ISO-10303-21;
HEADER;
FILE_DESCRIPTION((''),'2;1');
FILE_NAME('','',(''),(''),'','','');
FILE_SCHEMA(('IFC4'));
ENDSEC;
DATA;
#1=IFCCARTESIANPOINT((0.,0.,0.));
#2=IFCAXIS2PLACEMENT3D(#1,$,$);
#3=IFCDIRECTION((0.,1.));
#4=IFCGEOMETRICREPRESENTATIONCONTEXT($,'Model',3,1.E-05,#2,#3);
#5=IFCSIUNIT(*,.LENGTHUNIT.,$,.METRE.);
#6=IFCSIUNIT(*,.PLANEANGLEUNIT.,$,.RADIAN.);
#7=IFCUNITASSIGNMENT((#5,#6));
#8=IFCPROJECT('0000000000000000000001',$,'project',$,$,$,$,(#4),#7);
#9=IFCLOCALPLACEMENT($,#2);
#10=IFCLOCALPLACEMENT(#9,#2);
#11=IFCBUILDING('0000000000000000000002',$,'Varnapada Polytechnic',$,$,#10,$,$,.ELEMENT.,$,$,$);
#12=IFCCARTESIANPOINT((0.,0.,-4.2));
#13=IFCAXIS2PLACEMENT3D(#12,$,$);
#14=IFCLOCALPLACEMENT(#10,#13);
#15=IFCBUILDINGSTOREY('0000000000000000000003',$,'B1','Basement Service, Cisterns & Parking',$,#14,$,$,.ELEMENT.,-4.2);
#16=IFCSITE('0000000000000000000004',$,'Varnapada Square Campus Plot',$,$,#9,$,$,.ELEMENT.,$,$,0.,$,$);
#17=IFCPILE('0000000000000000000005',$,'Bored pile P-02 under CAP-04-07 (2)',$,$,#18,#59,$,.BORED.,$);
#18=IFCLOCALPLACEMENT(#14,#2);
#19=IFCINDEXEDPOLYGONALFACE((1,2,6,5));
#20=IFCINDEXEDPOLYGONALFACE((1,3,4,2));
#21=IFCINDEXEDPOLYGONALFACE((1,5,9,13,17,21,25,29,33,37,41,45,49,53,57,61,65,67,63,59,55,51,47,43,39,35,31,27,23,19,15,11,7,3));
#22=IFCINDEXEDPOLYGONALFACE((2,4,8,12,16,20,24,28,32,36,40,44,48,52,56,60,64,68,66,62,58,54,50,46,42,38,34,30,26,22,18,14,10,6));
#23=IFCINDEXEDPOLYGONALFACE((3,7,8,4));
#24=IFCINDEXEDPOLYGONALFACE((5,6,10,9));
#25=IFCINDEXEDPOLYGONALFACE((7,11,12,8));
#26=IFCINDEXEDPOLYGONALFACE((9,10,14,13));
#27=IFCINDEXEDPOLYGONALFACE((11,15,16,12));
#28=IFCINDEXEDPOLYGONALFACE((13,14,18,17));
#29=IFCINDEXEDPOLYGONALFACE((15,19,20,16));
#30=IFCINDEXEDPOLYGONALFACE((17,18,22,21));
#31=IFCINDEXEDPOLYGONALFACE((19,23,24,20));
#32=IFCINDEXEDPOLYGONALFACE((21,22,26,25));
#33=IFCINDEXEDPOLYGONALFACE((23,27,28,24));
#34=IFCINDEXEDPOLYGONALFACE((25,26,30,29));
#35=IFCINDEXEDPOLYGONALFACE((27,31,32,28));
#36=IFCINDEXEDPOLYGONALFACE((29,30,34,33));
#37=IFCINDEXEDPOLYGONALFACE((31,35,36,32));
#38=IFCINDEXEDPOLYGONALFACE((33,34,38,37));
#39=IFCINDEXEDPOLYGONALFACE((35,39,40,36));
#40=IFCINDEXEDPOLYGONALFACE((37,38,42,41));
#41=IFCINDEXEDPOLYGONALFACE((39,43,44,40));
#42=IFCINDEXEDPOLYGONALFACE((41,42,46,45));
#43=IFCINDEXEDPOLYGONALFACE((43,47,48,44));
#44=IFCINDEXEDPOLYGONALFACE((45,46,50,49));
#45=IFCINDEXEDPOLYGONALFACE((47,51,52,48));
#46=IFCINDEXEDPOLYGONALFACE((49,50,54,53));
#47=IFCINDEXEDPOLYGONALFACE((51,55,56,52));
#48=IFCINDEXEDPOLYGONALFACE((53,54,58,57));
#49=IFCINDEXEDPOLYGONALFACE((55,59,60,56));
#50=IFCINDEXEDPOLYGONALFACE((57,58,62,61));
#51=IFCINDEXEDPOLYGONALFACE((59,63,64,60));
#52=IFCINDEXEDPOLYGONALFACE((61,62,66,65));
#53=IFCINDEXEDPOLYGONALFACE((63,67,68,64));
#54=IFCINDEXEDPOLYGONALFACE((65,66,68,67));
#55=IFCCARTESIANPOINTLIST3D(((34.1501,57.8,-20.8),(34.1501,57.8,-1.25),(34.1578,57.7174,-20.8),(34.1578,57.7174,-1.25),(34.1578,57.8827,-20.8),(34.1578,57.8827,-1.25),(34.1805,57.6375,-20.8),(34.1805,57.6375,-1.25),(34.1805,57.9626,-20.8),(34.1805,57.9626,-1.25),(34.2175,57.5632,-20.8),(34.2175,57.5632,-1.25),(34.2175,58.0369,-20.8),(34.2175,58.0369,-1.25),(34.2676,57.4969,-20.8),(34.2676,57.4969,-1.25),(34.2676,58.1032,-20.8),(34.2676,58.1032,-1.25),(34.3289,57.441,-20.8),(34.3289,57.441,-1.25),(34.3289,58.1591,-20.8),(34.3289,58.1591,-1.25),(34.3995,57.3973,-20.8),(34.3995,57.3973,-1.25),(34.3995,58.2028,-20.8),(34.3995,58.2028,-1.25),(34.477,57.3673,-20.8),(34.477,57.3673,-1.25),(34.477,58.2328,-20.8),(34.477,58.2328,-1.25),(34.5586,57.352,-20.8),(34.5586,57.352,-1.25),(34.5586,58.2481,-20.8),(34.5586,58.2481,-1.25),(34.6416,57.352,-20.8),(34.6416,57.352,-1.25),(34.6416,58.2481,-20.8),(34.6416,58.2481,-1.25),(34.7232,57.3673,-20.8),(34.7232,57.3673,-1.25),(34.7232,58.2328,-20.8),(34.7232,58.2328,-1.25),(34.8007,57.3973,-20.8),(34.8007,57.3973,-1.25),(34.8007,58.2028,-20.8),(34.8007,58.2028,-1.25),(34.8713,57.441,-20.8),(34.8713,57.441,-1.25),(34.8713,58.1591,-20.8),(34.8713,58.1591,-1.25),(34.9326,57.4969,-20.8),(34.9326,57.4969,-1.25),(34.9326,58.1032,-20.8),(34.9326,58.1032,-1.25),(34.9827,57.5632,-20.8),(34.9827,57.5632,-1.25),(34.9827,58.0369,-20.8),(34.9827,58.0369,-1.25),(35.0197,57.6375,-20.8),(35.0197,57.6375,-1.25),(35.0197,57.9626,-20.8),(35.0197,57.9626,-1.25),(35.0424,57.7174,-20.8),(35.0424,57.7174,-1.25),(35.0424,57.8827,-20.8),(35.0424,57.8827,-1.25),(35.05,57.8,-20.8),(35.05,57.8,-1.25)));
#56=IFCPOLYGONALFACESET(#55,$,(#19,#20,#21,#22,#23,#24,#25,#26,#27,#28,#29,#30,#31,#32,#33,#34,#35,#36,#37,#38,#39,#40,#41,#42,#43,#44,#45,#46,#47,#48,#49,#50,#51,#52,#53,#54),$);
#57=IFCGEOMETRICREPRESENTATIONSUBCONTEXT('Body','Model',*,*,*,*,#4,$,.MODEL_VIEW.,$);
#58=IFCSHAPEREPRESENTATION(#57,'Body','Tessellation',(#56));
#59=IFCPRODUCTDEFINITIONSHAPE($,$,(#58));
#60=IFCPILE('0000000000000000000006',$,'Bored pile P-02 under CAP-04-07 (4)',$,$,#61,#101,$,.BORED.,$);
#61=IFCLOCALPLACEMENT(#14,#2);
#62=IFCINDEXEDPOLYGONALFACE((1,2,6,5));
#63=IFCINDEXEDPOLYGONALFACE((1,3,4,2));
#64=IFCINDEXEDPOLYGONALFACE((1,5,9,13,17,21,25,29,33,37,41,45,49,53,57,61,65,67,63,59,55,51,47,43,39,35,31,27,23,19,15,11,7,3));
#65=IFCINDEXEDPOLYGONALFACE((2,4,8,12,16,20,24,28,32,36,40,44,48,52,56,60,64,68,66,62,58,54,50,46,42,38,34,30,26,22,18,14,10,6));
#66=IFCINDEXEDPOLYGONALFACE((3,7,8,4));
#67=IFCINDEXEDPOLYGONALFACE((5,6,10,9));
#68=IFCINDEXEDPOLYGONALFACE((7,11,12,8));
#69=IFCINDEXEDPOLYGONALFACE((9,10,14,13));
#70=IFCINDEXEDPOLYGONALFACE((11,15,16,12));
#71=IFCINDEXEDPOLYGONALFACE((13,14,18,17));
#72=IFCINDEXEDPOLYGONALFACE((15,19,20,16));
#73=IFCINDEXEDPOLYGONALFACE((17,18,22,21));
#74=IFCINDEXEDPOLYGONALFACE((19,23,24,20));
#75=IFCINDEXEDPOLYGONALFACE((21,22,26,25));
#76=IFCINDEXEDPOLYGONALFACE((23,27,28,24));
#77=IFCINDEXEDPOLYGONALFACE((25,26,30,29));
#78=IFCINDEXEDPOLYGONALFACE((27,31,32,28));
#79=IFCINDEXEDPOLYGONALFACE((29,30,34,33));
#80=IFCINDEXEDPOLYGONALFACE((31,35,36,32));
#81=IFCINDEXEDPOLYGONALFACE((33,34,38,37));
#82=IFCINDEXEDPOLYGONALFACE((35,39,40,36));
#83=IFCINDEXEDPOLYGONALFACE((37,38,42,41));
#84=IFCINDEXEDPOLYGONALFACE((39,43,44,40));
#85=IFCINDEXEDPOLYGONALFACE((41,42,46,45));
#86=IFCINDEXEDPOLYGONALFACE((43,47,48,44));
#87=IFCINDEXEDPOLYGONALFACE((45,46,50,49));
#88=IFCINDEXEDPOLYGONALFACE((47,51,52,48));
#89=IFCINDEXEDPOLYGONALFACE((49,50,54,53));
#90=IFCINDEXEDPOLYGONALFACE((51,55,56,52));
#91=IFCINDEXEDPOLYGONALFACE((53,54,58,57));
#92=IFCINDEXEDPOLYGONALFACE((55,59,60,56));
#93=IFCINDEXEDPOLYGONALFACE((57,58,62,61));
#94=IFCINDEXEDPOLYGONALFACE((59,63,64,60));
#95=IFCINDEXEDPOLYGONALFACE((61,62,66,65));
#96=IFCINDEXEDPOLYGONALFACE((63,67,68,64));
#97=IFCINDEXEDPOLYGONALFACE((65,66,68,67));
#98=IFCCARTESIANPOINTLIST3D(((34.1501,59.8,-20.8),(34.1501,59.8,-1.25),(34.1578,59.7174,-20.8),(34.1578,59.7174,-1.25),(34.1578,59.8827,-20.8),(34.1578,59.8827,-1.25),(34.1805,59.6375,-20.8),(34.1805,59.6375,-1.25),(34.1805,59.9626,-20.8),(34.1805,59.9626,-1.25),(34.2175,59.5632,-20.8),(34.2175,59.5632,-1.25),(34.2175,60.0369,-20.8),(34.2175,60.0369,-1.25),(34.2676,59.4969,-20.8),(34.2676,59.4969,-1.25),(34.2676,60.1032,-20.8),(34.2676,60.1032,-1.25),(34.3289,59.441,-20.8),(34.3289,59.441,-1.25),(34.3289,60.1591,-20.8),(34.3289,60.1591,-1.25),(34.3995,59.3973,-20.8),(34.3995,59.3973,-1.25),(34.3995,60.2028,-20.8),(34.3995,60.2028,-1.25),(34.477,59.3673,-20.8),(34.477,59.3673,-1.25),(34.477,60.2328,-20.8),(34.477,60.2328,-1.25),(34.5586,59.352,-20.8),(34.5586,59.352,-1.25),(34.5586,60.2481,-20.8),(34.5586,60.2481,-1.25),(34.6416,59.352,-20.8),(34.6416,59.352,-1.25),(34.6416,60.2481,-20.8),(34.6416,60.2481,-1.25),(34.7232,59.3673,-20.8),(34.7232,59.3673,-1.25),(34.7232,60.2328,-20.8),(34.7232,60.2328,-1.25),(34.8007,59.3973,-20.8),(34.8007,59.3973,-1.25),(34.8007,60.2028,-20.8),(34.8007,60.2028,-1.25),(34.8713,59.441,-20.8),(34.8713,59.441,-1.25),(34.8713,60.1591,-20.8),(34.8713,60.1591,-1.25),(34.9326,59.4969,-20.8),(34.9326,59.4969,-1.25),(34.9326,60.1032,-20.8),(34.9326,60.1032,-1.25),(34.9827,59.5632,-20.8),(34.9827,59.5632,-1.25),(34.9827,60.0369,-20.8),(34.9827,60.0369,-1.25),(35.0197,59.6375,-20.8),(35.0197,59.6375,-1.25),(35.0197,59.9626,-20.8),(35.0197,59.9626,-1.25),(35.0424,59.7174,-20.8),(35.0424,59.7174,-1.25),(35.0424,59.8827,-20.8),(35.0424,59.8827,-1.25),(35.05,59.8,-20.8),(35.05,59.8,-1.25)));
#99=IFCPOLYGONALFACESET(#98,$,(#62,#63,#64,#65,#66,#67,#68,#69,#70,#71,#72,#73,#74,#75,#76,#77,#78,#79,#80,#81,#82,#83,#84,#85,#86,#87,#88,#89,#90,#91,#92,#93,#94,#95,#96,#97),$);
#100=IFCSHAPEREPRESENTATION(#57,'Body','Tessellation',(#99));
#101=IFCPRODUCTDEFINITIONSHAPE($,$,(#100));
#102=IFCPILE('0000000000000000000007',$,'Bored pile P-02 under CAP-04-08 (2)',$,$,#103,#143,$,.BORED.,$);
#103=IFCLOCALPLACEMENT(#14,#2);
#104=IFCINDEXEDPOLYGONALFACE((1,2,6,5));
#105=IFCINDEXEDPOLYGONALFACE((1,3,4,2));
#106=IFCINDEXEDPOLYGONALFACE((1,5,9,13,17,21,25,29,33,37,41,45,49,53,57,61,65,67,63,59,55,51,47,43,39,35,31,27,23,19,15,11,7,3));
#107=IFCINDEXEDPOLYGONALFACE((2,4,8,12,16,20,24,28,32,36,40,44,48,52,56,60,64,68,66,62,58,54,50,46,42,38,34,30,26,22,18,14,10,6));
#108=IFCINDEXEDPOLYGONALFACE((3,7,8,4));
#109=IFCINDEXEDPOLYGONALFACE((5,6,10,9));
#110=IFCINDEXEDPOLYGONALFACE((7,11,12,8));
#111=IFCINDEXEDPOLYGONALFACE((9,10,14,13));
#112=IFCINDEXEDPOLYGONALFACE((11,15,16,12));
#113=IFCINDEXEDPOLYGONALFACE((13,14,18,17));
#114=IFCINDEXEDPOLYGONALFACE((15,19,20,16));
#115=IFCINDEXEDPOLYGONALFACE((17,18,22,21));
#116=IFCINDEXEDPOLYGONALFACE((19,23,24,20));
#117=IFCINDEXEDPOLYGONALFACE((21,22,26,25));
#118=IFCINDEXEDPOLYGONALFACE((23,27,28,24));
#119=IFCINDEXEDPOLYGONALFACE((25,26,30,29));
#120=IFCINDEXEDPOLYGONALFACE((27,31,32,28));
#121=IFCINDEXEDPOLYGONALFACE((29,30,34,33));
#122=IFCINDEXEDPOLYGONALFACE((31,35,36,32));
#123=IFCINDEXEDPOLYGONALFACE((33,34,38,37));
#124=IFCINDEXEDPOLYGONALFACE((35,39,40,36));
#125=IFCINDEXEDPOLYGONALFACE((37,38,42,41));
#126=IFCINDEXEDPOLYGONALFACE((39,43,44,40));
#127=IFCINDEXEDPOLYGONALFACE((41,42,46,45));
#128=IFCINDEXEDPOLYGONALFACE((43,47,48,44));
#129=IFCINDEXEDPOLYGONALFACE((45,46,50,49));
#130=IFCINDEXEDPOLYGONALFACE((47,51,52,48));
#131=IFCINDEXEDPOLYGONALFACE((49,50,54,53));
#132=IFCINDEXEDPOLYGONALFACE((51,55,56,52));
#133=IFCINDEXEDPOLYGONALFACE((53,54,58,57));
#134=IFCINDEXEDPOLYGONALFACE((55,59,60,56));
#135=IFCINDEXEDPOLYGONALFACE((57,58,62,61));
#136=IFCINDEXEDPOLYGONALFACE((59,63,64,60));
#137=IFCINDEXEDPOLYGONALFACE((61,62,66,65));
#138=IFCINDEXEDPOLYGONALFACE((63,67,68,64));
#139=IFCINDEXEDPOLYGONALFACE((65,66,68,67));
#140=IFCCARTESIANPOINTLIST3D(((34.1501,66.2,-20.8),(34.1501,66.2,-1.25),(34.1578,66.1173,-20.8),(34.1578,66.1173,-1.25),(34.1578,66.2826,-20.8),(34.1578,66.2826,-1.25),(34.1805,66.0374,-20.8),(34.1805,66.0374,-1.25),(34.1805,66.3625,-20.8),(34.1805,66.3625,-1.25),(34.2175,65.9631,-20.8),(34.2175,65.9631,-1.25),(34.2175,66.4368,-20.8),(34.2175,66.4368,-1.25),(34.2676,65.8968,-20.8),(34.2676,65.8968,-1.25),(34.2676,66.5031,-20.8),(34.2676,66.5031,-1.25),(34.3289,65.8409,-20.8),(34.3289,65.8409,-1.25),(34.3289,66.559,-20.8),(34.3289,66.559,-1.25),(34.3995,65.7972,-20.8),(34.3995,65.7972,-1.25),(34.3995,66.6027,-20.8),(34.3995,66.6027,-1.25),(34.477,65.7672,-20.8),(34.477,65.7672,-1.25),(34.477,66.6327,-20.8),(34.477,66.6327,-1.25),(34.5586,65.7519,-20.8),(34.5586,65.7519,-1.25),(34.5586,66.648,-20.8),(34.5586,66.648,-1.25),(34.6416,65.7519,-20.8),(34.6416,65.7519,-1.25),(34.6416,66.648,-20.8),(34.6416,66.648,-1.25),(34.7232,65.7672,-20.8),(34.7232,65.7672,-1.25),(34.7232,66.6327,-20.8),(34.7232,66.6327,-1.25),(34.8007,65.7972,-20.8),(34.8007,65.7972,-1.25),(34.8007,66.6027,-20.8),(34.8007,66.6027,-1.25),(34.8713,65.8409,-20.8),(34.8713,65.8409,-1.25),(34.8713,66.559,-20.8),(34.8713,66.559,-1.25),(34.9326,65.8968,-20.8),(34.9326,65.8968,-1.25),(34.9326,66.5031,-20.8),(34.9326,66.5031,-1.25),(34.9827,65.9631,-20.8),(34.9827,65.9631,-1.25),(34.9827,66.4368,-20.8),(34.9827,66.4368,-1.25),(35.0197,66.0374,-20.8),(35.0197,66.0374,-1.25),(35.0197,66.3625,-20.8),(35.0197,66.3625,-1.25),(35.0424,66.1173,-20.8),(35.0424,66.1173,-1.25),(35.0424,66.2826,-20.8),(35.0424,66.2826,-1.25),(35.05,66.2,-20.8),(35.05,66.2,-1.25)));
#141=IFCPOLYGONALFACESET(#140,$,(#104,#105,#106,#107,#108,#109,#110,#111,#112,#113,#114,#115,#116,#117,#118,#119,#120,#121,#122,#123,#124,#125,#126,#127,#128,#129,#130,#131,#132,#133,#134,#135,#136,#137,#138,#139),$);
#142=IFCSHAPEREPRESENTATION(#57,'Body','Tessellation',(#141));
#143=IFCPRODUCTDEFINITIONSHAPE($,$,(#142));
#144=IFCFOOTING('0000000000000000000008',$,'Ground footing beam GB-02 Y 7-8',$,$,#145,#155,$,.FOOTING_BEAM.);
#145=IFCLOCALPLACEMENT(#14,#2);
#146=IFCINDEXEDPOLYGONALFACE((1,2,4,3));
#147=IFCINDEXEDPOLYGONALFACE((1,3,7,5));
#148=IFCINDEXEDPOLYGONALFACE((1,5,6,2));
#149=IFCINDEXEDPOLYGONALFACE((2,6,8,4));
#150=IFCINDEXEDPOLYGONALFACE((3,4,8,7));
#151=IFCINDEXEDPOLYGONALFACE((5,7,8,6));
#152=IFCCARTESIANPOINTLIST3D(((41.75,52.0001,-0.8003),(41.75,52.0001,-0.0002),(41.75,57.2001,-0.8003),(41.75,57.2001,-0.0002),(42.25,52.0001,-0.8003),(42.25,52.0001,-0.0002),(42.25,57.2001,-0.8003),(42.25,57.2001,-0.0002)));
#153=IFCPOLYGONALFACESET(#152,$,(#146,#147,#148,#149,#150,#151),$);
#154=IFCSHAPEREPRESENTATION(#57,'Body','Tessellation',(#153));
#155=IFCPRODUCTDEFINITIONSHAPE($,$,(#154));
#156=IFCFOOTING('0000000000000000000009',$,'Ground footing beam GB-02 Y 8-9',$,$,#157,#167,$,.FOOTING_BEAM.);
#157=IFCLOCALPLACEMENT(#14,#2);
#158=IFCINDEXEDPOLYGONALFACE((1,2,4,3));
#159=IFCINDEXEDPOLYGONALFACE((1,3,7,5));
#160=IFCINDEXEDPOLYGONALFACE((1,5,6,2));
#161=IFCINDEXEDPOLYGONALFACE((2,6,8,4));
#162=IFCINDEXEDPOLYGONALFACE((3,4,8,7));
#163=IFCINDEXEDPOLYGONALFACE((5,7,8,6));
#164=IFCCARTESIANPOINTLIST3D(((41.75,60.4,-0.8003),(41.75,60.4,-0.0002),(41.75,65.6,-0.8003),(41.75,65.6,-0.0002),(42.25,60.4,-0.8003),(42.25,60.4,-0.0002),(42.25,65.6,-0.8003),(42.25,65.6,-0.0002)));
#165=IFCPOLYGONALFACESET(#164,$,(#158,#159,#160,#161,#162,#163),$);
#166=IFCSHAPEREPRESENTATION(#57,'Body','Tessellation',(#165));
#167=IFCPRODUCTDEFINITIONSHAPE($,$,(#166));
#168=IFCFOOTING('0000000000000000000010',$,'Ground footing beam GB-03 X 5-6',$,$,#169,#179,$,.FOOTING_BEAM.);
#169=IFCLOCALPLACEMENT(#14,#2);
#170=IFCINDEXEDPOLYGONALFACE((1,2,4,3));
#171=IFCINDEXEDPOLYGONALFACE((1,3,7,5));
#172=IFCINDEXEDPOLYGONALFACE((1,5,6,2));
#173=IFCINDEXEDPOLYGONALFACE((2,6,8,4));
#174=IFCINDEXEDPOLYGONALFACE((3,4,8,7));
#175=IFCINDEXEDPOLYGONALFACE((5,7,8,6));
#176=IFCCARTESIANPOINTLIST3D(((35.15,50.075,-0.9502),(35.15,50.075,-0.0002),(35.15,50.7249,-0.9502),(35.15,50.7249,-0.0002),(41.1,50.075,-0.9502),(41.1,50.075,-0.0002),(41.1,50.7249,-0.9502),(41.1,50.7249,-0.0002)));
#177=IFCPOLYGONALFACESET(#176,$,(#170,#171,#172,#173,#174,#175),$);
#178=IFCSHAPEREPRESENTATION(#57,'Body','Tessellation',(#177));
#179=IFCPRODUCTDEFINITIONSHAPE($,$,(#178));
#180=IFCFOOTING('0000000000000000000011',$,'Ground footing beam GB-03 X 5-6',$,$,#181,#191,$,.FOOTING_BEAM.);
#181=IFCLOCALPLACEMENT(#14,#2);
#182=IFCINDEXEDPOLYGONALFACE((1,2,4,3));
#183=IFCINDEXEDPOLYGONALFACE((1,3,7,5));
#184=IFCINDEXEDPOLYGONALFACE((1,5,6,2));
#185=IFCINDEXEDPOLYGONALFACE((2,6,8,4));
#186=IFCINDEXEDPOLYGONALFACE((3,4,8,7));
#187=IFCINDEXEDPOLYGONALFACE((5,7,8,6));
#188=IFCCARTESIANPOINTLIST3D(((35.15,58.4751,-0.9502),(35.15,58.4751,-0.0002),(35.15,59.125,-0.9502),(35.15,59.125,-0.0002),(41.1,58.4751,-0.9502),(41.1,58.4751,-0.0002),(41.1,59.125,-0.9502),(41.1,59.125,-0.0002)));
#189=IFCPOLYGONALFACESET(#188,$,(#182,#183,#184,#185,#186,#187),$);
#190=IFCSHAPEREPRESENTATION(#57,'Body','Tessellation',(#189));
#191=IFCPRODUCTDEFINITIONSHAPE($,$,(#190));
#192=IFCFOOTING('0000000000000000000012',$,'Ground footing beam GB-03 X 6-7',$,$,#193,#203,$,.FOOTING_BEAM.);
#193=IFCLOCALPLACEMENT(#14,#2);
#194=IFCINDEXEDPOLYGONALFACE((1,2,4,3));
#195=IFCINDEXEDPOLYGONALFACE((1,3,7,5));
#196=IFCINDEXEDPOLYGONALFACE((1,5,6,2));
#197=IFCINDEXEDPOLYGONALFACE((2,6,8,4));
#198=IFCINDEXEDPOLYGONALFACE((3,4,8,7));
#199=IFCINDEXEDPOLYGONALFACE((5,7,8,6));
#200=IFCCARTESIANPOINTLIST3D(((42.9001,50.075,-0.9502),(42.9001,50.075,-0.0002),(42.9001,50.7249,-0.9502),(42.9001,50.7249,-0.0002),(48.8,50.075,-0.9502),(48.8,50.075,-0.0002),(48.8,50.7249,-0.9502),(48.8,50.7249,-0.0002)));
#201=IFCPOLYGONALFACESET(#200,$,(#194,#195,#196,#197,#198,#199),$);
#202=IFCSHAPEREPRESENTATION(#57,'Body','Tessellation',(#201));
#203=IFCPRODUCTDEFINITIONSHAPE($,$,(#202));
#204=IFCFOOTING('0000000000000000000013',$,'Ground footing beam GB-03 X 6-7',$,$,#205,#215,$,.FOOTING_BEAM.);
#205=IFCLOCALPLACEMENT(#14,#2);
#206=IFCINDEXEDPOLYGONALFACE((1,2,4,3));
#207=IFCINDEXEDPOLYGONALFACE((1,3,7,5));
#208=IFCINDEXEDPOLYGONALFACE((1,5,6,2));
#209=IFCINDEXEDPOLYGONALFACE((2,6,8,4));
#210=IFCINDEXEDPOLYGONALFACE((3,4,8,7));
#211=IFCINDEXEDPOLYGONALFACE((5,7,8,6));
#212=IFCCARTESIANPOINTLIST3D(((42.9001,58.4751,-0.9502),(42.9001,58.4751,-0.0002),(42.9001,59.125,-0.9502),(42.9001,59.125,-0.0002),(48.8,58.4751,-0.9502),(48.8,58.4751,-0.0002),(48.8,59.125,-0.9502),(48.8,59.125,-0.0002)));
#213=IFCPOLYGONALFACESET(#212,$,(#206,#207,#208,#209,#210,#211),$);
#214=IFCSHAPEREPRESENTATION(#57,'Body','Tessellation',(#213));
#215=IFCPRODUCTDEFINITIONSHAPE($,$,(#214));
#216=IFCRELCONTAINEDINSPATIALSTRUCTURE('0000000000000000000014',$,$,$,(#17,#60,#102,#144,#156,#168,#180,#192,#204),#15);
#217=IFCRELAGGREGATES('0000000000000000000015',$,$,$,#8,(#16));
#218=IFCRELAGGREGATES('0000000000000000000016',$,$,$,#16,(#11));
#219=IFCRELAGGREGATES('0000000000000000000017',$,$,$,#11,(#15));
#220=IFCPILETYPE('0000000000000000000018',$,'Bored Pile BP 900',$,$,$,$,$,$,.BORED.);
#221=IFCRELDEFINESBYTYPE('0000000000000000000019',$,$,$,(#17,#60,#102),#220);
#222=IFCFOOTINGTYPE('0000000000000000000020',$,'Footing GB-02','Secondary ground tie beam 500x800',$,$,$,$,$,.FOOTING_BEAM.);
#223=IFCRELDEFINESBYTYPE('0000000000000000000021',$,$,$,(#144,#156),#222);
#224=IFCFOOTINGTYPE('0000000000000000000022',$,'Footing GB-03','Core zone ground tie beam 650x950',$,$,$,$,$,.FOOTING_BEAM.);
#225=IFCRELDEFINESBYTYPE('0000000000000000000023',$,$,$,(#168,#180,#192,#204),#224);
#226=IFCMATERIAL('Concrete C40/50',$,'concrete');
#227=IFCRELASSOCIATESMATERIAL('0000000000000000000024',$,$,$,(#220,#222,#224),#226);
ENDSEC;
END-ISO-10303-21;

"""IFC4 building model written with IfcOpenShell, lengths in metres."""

from ifc_helpers import new_model, si_unit, direction, frame, origin, origin_2d, place, context, subcontext, project, spatial, rectangle, circle, extrude, material, material_profile, profile_set, type_object, element, save


model = new_model("IFC4")

# Units and contexts
model_context = context("Model", 3, precision=1e-05, world=origin(), true_north=direction((0.0, 1.0)))
body_context = subcontext(model_context, "Body", "Model", "MODEL_VIEW")
ifc_project = project(units=[si_unit("LENGTHUNIT", "METRE"), si_unit("PLANEANGLEUNIT", "RADIAN")], contexts=[model_context])

# Site, building, storey
site_placement = place(None, origin())
site = spatial("IfcSite", under=ifc_project, at=site_placement, Name="Varnapada Square Campus Plot", CompositionType="ELEMENT", RefElevation=0.0)
building_placement = place(site_placement, origin())
building = spatial("IfcBuilding", under=site, at=building_placement, Name="Varnapada Polytechnic", CompositionType="ELEMENT")
storey_placement = place(building_placement, frame((0.0, 0.0, -4.2)))
storey = spatial("IfcBuildingStorey", under=building, at=storey_placement, Name="B1", Description="Basement Service, Cisterns & Parking", CompositionType="ELEMENT", Elevation=-4.2)

# Piles
ifc_material_1 = material(Name="Concrete C40/50", Category="concrete")
ifc_material_profile_1 = material_profile(ifc_material_1, circle(Radius=0.45, at=origin_2d()), Name="BP 900")
ifc_profile_set_1 = profile_set([ifc_material_profile_1], Name="Concrete C40/50")
pile_type_1 = type_object("IfcPileType", Name="Bored Pile BP 900", PredefinedType="BORED", material=ifc_profile_set_1)
for number, where, z_axis, x_axis, name in (
    (1, (34.6001, 57.8, -1.25), (0.0, 0.0, -1.0), (1.0, 0.0, 0.0), "Bored pile P-02 under CAP-04-07 (2)"),
    (2, (34.6001, 59.8, -1.25), (0.0, 0.0, -1.0), (1.0, 0.0, 0.0), "Bored pile P-02 under CAP-04-07 (4)"),
    (3, (34.6001, 66.2, -1.25), (0.0, 0.0, -1.0), (1.0, 0.0, 0.0), "Bored pile P-02 under CAP-04-08 (2)"),
):
    element("IfcPile", number, at=place(storey_placement, frame(where, z_axis=z_axis, x_axis=x_axis)), inside=storey, type_object=pile_type_1, Name=name, PredefinedType="BORED", context=body_context, shape_type="SweptSolid", body=[
        extrude(circle(Radius=0.45, at=origin_2d()), origin(), (0.0, 0.0, 1.0), 19.55),
    ])

# Footings
footing_type_1 = type_object("IfcFootingType", Name="Footing GB-02", Description="Secondary ground tie beam 500x800", PredefinedType="FOOTING_BEAM", material=ifc_material_1)
for number, where, z_axis, x_axis, name in (
    (4, (42.0, 54.6001, -0.8003), (0.0, 0.0, 1.0), (0.0, 1.0, 0.0), "Ground footing beam GB-02 Y 7-8"),
    (5, (42.0, 63.0, -0.8003), (0.0, 0.0, 1.0), (0.0, 1.0, 0.0), "Ground footing beam GB-02 Y 8-9"),
):
    element("IfcFooting", number, at=place(storey_placement, frame(where, z_axis=z_axis, x_axis=x_axis)), inside=storey, type_object=footing_type_1, Name=name, PredefinedType="FOOTING_BEAM", context=body_context, shape_type="SweptSolid", body=[
        extrude(rectangle(XDim=5.2, YDim=0.5, at=origin_2d()), origin(), (0.0, 0.0, 1.0), 0.8),
    ])
footing_type_2 = type_object("IfcFootingType", Name="Footing GB-03", Description="Core zone ground tie beam 650x950", PredefinedType="FOOTING_BEAM", material=ifc_material_1)
for number, where, z_axis, x_axis, name in (
    (6, (38.125, 50.3999, -0.9502), (0.0, 0.0, 1.0), (1.0, 0.0, 0.0), "Ground footing beam GB-03 X 5-6"),
    (7, (38.125, 58.8, -0.9502), (0.0, 0.0, 1.0), (1.0, 0.0, 0.0), "Ground footing beam GB-03 X 5-6"),
):
    element("IfcFooting", number, at=place(storey_placement, frame(where, z_axis=z_axis, x_axis=x_axis)), inside=storey, type_object=footing_type_2, Name=name, PredefinedType="FOOTING_BEAM", context=body_context, shape_type="SweptSolid", body=[
        extrude(rectangle(XDim=5.95, YDim=0.6499, at=origin_2d()), origin(), (0.0, 0.0, 1.0), 0.95),
    ])
for number, where, z_axis, x_axis, name in (
    (8, (45.8501, 50.3999, -0.9502), (0.0, 0.0, 1.0), (1.0, 0.0, 0.0), "Ground footing beam GB-03 X 6-7"),
    (9, (45.8501, 58.8, -0.9502), (0.0, 0.0, 1.0), (1.0, 0.0, 0.0), "Ground footing beam GB-03 X 6-7"),
):
    element("IfcFooting", number, at=place(storey_placement, frame(where, z_axis=z_axis, x_axis=x_axis)), inside=storey, type_object=footing_type_2, Name=name, PredefinedType="FOOTING_BEAM", context=body_context, shape_type="SweptSolid", body=[
        extrude(rectangle(XDim=5.8999, YDim=0.6499, at=origin_2d()), origin(), (0.0, 0.0, 1.0), 0.95),
    ])

save(model, "model.ifc")
